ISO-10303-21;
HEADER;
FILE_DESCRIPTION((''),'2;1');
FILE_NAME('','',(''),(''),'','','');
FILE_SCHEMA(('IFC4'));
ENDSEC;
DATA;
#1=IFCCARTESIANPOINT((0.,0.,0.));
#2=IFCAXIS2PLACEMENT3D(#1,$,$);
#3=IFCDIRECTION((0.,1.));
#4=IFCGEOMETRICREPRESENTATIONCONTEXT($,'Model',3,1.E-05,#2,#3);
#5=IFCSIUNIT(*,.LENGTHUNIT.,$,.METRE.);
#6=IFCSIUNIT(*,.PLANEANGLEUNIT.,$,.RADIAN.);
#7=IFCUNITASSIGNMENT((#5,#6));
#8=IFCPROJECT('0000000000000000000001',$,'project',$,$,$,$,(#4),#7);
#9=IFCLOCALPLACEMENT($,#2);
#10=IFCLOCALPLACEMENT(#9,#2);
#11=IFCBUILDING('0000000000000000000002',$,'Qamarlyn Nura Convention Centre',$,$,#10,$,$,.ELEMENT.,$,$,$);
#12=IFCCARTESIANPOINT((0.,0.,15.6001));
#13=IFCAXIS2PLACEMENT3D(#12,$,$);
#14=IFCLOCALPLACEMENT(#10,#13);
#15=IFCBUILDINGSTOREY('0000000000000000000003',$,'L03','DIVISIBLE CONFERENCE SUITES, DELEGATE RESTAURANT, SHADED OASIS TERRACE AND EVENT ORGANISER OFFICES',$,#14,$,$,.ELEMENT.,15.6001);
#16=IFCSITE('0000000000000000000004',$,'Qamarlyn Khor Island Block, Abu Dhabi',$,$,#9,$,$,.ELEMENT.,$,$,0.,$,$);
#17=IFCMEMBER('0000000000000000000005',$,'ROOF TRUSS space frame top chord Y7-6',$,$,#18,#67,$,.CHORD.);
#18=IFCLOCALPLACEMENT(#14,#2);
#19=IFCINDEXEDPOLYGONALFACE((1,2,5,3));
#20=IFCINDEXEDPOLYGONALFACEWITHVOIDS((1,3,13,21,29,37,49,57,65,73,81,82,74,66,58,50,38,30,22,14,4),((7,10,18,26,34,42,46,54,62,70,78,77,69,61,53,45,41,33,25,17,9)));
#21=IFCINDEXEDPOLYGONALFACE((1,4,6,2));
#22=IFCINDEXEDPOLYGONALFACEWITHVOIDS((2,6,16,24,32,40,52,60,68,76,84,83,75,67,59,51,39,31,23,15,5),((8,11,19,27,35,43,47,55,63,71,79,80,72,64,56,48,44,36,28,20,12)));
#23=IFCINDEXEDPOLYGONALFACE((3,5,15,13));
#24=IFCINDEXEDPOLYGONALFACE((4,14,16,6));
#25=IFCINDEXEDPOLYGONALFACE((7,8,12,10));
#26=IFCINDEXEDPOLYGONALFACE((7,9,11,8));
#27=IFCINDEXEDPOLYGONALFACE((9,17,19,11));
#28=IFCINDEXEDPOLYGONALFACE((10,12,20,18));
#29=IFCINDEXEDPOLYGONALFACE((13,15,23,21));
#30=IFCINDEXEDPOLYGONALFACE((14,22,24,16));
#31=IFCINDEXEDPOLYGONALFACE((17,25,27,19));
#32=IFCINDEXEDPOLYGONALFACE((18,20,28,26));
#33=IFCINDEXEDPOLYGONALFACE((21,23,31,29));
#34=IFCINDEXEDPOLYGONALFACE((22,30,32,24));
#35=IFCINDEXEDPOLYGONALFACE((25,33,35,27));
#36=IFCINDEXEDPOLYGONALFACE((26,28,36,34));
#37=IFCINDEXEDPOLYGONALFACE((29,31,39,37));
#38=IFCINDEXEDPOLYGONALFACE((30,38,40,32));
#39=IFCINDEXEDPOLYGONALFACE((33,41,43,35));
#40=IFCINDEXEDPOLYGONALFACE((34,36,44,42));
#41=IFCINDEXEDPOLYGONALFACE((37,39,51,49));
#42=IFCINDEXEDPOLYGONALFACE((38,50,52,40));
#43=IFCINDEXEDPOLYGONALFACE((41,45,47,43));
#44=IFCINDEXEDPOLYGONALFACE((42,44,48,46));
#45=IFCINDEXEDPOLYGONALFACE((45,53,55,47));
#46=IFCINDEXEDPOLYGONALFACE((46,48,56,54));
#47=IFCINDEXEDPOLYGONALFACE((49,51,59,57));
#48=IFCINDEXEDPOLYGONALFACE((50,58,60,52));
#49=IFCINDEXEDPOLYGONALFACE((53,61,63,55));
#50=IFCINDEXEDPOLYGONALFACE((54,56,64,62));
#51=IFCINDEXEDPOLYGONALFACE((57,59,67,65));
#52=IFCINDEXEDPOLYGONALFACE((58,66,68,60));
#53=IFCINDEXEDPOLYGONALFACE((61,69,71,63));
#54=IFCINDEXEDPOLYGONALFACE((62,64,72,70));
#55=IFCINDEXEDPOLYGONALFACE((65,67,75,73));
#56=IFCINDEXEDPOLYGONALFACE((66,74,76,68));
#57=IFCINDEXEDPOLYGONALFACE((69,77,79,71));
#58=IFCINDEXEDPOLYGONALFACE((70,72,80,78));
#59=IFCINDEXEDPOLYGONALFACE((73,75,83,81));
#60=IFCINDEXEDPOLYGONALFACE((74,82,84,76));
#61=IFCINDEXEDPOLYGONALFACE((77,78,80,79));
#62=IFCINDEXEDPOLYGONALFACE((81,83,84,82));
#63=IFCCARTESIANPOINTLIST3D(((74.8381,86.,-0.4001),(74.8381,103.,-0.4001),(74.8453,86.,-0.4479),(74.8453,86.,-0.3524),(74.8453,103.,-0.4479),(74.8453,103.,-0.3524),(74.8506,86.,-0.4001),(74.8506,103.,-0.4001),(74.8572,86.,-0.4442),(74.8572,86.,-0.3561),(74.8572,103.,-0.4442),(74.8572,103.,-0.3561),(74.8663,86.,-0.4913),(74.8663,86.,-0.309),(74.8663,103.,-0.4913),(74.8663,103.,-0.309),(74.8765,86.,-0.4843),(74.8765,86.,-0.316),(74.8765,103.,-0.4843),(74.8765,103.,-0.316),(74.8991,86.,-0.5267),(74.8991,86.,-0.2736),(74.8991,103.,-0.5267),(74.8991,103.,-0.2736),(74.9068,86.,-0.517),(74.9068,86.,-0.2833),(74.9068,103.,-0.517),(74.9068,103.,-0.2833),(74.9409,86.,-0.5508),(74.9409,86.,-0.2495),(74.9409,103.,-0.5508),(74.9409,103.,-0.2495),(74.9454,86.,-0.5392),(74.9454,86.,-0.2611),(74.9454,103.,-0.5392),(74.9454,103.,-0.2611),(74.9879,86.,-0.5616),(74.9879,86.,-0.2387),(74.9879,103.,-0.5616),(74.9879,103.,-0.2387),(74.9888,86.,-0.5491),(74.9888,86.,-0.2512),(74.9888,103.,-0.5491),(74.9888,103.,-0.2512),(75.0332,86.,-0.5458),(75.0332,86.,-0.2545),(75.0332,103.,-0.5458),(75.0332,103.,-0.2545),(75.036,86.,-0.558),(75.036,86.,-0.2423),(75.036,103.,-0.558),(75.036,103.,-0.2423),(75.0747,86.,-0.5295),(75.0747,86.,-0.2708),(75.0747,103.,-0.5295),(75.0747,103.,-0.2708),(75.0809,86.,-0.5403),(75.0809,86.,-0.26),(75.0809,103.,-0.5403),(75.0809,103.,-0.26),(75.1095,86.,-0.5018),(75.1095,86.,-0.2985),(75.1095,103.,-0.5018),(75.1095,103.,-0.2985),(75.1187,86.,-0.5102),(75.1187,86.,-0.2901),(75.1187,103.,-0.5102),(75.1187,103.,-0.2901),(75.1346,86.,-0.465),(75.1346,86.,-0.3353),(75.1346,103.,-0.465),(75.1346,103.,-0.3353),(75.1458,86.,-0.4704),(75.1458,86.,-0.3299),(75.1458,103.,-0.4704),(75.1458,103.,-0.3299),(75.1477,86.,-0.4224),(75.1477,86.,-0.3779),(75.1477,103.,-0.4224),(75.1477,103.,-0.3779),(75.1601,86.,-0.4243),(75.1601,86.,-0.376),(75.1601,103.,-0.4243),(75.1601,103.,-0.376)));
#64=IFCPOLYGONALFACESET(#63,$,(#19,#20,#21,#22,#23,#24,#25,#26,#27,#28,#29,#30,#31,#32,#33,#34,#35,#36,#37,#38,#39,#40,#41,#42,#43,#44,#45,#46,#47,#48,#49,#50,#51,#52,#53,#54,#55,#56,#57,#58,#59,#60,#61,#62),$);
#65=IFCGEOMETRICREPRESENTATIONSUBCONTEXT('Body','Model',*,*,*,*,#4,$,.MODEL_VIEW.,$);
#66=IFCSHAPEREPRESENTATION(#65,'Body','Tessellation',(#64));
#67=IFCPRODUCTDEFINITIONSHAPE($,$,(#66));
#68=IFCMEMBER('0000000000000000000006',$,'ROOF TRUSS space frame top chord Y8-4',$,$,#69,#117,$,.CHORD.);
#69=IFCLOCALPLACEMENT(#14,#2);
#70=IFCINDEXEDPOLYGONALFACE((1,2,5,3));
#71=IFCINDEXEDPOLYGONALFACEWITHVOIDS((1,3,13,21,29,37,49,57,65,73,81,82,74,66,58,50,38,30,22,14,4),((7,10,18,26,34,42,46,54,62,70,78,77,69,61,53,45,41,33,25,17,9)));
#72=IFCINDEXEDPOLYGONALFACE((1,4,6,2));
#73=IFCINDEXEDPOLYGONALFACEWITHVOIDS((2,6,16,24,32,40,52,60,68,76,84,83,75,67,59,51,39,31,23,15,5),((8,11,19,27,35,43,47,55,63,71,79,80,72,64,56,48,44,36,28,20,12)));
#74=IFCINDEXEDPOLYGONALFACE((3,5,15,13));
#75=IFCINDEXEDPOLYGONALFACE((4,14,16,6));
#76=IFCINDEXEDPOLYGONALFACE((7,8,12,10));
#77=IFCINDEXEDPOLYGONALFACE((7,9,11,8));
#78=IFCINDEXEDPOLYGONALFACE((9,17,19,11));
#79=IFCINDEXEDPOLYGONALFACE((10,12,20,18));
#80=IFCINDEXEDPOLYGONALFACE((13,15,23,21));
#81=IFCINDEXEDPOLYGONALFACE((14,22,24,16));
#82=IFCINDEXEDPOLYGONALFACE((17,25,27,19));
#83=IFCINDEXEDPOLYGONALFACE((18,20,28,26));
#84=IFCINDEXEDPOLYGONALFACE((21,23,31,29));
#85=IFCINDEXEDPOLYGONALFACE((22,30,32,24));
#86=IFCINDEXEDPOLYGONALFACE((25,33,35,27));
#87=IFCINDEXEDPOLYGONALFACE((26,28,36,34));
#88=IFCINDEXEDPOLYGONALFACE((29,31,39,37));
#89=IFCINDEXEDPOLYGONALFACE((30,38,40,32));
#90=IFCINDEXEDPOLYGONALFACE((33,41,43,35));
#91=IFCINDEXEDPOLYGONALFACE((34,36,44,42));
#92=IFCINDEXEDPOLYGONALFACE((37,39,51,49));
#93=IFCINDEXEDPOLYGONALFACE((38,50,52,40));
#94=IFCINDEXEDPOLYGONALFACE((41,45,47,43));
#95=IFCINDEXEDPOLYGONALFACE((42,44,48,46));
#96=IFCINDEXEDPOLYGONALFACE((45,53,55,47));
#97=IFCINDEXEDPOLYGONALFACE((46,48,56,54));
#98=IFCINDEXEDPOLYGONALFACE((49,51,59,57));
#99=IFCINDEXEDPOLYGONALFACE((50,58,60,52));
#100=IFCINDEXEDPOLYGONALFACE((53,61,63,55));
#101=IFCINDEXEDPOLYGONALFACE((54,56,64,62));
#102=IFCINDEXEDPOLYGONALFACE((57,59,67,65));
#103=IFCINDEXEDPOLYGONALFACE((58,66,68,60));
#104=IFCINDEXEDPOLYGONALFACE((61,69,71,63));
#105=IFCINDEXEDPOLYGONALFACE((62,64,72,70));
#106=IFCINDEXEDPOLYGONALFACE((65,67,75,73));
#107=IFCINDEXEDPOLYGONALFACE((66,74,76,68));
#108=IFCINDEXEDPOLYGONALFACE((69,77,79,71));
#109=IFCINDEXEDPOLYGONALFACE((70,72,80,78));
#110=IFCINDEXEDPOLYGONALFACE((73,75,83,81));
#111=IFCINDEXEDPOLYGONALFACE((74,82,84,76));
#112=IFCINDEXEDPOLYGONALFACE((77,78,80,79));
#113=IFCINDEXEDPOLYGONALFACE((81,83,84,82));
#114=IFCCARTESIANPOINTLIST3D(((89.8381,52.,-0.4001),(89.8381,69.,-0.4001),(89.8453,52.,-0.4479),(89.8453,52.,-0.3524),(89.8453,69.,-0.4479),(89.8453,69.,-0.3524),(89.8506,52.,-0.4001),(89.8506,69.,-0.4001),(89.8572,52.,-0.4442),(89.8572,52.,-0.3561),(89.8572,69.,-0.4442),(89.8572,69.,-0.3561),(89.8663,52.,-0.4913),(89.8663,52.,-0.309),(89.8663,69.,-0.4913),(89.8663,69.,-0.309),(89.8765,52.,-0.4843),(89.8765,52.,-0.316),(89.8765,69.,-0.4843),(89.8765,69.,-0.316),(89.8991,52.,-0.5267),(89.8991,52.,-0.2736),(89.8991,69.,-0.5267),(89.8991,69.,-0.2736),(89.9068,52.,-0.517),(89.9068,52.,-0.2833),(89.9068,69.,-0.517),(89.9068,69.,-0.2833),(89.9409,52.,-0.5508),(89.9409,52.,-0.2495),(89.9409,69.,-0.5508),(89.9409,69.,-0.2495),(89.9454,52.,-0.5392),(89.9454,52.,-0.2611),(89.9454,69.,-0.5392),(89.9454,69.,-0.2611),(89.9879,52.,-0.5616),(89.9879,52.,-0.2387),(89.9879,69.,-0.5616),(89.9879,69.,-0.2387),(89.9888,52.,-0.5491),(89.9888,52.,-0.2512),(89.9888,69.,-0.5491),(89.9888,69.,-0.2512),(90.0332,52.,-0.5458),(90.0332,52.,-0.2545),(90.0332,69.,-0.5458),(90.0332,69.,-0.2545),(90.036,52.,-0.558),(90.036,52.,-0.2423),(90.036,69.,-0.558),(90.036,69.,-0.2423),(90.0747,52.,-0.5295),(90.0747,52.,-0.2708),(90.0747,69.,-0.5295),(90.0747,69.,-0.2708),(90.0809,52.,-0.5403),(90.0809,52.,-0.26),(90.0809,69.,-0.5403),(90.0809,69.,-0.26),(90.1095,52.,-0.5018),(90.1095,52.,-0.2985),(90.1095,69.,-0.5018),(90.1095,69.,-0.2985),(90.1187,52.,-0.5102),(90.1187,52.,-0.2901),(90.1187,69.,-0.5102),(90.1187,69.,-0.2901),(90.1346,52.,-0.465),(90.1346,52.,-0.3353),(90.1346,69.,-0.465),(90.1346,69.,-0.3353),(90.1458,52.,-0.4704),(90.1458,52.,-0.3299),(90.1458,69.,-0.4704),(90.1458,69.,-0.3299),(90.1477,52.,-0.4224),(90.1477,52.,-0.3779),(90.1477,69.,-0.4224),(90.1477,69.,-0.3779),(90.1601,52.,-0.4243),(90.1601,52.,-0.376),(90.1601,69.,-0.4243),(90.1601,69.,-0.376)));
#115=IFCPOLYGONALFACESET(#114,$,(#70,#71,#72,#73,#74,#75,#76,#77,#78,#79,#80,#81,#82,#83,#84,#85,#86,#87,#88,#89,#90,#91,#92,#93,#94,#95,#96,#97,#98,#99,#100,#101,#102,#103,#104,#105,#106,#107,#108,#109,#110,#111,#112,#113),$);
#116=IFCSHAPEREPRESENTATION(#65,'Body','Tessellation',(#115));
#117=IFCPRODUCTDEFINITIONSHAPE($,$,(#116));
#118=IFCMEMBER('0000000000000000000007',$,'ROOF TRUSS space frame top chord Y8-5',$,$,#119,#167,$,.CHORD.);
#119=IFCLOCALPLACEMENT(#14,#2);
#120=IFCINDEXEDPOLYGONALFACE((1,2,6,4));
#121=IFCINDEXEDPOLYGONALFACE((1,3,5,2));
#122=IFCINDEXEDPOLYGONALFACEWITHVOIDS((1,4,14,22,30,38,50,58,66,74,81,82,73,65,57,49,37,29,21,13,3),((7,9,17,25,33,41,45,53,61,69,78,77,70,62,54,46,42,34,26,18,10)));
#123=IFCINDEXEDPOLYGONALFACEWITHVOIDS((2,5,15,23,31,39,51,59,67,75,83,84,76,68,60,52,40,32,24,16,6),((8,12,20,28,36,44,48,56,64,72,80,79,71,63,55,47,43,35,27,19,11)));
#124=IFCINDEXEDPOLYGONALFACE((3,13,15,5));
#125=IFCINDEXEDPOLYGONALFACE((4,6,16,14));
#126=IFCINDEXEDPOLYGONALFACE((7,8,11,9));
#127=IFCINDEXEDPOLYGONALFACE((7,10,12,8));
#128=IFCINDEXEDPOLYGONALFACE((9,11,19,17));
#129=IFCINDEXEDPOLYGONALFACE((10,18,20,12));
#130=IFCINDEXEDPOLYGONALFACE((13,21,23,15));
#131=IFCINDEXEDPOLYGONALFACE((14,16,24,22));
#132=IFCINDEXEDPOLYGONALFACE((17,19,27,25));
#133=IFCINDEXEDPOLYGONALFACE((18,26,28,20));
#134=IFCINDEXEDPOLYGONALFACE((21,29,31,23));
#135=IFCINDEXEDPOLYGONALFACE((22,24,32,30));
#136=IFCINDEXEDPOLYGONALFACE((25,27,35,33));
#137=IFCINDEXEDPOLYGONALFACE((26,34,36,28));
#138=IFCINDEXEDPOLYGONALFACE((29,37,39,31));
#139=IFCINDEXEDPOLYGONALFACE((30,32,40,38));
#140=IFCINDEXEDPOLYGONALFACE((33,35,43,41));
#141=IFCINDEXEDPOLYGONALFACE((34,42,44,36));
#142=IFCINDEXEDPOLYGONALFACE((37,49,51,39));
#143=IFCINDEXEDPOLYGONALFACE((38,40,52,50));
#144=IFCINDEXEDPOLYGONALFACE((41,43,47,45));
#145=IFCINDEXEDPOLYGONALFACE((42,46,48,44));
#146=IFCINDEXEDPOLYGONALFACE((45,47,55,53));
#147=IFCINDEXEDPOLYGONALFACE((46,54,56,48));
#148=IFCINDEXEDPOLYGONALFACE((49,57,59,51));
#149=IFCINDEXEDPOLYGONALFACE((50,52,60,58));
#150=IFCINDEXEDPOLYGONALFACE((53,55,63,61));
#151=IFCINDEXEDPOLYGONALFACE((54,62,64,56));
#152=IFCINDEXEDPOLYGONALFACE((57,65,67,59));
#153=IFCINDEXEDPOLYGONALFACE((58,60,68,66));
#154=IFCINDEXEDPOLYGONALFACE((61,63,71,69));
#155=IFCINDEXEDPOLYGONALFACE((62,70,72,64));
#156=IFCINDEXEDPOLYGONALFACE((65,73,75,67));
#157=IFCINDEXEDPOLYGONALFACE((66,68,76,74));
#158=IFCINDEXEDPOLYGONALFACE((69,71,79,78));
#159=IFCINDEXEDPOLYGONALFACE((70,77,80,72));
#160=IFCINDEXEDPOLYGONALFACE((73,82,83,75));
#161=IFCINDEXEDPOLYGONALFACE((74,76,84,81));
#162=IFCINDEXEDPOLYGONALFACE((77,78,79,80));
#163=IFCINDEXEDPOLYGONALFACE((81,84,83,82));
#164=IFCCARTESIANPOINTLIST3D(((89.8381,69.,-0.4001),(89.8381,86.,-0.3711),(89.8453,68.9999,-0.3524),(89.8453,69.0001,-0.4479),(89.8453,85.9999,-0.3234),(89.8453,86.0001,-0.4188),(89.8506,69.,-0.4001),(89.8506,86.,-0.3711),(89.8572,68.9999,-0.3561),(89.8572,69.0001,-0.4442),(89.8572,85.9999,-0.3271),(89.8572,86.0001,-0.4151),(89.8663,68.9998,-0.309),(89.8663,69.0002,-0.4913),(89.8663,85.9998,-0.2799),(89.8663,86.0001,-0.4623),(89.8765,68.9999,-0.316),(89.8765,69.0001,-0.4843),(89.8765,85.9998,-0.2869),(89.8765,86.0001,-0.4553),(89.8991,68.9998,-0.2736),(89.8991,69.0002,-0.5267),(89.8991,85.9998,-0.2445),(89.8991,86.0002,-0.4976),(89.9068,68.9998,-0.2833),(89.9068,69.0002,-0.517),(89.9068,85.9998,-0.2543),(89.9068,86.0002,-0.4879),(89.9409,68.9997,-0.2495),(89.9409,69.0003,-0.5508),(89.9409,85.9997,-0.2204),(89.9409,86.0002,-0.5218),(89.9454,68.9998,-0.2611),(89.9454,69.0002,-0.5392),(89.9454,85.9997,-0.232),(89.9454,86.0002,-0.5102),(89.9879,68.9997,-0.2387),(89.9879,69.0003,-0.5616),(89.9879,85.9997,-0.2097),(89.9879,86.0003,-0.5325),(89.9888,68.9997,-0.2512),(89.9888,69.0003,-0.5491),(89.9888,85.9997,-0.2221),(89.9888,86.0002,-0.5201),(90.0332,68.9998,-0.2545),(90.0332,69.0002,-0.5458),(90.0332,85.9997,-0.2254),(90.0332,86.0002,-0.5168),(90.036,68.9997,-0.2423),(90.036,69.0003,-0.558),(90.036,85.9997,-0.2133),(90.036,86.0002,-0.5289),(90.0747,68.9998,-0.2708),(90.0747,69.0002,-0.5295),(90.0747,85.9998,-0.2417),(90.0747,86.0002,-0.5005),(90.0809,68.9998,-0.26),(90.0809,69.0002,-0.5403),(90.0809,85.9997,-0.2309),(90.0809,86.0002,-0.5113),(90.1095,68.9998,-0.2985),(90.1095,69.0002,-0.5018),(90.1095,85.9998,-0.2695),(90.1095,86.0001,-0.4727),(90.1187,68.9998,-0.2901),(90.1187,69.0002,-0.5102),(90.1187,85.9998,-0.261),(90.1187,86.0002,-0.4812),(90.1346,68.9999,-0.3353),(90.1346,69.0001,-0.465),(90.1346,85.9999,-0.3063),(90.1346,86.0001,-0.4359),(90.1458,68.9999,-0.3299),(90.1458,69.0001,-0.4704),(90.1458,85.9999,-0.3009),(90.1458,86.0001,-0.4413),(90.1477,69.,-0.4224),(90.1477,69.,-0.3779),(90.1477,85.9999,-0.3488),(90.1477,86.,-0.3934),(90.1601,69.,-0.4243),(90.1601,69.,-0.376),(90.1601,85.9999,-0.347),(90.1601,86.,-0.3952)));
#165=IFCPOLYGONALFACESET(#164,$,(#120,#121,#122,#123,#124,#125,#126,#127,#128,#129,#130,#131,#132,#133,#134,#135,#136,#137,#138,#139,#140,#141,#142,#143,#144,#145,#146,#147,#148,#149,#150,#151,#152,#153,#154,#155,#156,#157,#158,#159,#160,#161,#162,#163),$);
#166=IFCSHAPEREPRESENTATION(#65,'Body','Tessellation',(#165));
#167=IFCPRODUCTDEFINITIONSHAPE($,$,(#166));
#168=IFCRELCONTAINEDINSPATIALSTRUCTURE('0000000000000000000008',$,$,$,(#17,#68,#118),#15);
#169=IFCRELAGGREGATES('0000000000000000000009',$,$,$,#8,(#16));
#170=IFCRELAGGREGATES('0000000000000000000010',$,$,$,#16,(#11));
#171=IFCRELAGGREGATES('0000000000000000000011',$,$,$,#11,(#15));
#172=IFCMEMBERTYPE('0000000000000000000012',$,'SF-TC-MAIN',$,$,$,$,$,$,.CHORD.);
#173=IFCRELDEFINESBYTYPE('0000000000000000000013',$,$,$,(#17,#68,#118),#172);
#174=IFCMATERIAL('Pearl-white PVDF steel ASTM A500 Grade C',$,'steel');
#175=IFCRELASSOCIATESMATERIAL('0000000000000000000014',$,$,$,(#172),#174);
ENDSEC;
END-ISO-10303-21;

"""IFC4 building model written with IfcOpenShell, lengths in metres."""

from ifc_helpers import new_model, si_unit, direction, frame, origin, origin_2d, place, context, subcontext, project, spatial, hollow_circle, extrude, material, material_profile, profile_set, type_object, element, save


model = new_model("IFC4")

# Units and contexts
model_context = context("Model", 3, precision=1e-05, world=origin(), true_north=direction((0.0, 1.0)))
body_context = subcontext(model_context, "Body", "Model", "MODEL_VIEW")
ifc_project = project(units=[si_unit("LENGTHUNIT", "METRE"), si_unit("PLANEANGLEUNIT", "RADIAN")], contexts=[model_context])

# Site, building, storey
site_placement = place(None, origin())
site = spatial("IfcSite", under=ifc_project, at=site_placement, Name="Qamarlyn Khor Island Block, Abu Dhabi", CompositionType="ELEMENT", RefElevation=0.0)
building_placement = place(site_placement, origin())
building = spatial("IfcBuilding", under=site, at=building_placement, Name="Qamarlyn Nura Convention Centre", CompositionType="ELEMENT")
storey_placement = place(building_placement, frame((0.0, 0.0, 15.6001)))
storey = spatial("IfcBuildingStorey", under=building, at=storey_placement, Name="L03", Description="DIVISIBLE CONFERENCE SUITES, DELEGATE RESTAURANT, SHADED OASIS TERRACE AND EVENT ORGANISER OFFICES", CompositionType="ELEMENT", Elevation=15.6001)

# Members
ifc_material_1 = material(Name="Pearl-white PVDF steel ASTM A500 Grade C", Category="steel")
ifc_material_profile = material_profile(ifc_material_1, hollow_circle(Radius=0.1619, WallThickness=0.0125, at=origin_2d()), Name="CHS323.9X12.5")
ifc_profile_set = profile_set([ifc_material_profile], Name="Pearl-white PVDF steel ASTM A500 Grade C")
member_type = type_object("IfcMemberType", Name="SF-TC-MAIN", PredefinedType="CHORD", material=ifc_profile_set)
for number, where, z_axis, x_axis, name in (
    (1, (75.0, 86.0, -0.4001), (0.0, 1.0, 0.0), (-1.0, 0.0, 0.0), "ROOF TRUSS space frame top chord Y7-6"),
    (2, (90.0, 52.0, -0.4001), (0.0, 1.0, 0.0), (-1.0, 0.0, 0.0), "ROOF TRUSS space frame top chord Y8-4"),
    (3, (90.0, 69.0, -0.4001), (0.0, 0.999999, 0.001709), (-1.0, 0.0, 0.0), "ROOF TRUSS space frame top chord Y8-5"),
):
    element("IfcMember", number, at=place(storey_placement, frame(where, z_axis=z_axis, x_axis=x_axis)), inside=storey, type_object=member_type, Name=name, PredefinedType="CHORD", context=body_context, shape_type="SweptSolid", body=[
        extrude(hollow_circle(Radius=0.1619, WallThickness=0.0125, at=origin_2d()), origin(), (0.0, 0.0, 1.0), 17.0),
    ])

save(model, "model.ifc")
